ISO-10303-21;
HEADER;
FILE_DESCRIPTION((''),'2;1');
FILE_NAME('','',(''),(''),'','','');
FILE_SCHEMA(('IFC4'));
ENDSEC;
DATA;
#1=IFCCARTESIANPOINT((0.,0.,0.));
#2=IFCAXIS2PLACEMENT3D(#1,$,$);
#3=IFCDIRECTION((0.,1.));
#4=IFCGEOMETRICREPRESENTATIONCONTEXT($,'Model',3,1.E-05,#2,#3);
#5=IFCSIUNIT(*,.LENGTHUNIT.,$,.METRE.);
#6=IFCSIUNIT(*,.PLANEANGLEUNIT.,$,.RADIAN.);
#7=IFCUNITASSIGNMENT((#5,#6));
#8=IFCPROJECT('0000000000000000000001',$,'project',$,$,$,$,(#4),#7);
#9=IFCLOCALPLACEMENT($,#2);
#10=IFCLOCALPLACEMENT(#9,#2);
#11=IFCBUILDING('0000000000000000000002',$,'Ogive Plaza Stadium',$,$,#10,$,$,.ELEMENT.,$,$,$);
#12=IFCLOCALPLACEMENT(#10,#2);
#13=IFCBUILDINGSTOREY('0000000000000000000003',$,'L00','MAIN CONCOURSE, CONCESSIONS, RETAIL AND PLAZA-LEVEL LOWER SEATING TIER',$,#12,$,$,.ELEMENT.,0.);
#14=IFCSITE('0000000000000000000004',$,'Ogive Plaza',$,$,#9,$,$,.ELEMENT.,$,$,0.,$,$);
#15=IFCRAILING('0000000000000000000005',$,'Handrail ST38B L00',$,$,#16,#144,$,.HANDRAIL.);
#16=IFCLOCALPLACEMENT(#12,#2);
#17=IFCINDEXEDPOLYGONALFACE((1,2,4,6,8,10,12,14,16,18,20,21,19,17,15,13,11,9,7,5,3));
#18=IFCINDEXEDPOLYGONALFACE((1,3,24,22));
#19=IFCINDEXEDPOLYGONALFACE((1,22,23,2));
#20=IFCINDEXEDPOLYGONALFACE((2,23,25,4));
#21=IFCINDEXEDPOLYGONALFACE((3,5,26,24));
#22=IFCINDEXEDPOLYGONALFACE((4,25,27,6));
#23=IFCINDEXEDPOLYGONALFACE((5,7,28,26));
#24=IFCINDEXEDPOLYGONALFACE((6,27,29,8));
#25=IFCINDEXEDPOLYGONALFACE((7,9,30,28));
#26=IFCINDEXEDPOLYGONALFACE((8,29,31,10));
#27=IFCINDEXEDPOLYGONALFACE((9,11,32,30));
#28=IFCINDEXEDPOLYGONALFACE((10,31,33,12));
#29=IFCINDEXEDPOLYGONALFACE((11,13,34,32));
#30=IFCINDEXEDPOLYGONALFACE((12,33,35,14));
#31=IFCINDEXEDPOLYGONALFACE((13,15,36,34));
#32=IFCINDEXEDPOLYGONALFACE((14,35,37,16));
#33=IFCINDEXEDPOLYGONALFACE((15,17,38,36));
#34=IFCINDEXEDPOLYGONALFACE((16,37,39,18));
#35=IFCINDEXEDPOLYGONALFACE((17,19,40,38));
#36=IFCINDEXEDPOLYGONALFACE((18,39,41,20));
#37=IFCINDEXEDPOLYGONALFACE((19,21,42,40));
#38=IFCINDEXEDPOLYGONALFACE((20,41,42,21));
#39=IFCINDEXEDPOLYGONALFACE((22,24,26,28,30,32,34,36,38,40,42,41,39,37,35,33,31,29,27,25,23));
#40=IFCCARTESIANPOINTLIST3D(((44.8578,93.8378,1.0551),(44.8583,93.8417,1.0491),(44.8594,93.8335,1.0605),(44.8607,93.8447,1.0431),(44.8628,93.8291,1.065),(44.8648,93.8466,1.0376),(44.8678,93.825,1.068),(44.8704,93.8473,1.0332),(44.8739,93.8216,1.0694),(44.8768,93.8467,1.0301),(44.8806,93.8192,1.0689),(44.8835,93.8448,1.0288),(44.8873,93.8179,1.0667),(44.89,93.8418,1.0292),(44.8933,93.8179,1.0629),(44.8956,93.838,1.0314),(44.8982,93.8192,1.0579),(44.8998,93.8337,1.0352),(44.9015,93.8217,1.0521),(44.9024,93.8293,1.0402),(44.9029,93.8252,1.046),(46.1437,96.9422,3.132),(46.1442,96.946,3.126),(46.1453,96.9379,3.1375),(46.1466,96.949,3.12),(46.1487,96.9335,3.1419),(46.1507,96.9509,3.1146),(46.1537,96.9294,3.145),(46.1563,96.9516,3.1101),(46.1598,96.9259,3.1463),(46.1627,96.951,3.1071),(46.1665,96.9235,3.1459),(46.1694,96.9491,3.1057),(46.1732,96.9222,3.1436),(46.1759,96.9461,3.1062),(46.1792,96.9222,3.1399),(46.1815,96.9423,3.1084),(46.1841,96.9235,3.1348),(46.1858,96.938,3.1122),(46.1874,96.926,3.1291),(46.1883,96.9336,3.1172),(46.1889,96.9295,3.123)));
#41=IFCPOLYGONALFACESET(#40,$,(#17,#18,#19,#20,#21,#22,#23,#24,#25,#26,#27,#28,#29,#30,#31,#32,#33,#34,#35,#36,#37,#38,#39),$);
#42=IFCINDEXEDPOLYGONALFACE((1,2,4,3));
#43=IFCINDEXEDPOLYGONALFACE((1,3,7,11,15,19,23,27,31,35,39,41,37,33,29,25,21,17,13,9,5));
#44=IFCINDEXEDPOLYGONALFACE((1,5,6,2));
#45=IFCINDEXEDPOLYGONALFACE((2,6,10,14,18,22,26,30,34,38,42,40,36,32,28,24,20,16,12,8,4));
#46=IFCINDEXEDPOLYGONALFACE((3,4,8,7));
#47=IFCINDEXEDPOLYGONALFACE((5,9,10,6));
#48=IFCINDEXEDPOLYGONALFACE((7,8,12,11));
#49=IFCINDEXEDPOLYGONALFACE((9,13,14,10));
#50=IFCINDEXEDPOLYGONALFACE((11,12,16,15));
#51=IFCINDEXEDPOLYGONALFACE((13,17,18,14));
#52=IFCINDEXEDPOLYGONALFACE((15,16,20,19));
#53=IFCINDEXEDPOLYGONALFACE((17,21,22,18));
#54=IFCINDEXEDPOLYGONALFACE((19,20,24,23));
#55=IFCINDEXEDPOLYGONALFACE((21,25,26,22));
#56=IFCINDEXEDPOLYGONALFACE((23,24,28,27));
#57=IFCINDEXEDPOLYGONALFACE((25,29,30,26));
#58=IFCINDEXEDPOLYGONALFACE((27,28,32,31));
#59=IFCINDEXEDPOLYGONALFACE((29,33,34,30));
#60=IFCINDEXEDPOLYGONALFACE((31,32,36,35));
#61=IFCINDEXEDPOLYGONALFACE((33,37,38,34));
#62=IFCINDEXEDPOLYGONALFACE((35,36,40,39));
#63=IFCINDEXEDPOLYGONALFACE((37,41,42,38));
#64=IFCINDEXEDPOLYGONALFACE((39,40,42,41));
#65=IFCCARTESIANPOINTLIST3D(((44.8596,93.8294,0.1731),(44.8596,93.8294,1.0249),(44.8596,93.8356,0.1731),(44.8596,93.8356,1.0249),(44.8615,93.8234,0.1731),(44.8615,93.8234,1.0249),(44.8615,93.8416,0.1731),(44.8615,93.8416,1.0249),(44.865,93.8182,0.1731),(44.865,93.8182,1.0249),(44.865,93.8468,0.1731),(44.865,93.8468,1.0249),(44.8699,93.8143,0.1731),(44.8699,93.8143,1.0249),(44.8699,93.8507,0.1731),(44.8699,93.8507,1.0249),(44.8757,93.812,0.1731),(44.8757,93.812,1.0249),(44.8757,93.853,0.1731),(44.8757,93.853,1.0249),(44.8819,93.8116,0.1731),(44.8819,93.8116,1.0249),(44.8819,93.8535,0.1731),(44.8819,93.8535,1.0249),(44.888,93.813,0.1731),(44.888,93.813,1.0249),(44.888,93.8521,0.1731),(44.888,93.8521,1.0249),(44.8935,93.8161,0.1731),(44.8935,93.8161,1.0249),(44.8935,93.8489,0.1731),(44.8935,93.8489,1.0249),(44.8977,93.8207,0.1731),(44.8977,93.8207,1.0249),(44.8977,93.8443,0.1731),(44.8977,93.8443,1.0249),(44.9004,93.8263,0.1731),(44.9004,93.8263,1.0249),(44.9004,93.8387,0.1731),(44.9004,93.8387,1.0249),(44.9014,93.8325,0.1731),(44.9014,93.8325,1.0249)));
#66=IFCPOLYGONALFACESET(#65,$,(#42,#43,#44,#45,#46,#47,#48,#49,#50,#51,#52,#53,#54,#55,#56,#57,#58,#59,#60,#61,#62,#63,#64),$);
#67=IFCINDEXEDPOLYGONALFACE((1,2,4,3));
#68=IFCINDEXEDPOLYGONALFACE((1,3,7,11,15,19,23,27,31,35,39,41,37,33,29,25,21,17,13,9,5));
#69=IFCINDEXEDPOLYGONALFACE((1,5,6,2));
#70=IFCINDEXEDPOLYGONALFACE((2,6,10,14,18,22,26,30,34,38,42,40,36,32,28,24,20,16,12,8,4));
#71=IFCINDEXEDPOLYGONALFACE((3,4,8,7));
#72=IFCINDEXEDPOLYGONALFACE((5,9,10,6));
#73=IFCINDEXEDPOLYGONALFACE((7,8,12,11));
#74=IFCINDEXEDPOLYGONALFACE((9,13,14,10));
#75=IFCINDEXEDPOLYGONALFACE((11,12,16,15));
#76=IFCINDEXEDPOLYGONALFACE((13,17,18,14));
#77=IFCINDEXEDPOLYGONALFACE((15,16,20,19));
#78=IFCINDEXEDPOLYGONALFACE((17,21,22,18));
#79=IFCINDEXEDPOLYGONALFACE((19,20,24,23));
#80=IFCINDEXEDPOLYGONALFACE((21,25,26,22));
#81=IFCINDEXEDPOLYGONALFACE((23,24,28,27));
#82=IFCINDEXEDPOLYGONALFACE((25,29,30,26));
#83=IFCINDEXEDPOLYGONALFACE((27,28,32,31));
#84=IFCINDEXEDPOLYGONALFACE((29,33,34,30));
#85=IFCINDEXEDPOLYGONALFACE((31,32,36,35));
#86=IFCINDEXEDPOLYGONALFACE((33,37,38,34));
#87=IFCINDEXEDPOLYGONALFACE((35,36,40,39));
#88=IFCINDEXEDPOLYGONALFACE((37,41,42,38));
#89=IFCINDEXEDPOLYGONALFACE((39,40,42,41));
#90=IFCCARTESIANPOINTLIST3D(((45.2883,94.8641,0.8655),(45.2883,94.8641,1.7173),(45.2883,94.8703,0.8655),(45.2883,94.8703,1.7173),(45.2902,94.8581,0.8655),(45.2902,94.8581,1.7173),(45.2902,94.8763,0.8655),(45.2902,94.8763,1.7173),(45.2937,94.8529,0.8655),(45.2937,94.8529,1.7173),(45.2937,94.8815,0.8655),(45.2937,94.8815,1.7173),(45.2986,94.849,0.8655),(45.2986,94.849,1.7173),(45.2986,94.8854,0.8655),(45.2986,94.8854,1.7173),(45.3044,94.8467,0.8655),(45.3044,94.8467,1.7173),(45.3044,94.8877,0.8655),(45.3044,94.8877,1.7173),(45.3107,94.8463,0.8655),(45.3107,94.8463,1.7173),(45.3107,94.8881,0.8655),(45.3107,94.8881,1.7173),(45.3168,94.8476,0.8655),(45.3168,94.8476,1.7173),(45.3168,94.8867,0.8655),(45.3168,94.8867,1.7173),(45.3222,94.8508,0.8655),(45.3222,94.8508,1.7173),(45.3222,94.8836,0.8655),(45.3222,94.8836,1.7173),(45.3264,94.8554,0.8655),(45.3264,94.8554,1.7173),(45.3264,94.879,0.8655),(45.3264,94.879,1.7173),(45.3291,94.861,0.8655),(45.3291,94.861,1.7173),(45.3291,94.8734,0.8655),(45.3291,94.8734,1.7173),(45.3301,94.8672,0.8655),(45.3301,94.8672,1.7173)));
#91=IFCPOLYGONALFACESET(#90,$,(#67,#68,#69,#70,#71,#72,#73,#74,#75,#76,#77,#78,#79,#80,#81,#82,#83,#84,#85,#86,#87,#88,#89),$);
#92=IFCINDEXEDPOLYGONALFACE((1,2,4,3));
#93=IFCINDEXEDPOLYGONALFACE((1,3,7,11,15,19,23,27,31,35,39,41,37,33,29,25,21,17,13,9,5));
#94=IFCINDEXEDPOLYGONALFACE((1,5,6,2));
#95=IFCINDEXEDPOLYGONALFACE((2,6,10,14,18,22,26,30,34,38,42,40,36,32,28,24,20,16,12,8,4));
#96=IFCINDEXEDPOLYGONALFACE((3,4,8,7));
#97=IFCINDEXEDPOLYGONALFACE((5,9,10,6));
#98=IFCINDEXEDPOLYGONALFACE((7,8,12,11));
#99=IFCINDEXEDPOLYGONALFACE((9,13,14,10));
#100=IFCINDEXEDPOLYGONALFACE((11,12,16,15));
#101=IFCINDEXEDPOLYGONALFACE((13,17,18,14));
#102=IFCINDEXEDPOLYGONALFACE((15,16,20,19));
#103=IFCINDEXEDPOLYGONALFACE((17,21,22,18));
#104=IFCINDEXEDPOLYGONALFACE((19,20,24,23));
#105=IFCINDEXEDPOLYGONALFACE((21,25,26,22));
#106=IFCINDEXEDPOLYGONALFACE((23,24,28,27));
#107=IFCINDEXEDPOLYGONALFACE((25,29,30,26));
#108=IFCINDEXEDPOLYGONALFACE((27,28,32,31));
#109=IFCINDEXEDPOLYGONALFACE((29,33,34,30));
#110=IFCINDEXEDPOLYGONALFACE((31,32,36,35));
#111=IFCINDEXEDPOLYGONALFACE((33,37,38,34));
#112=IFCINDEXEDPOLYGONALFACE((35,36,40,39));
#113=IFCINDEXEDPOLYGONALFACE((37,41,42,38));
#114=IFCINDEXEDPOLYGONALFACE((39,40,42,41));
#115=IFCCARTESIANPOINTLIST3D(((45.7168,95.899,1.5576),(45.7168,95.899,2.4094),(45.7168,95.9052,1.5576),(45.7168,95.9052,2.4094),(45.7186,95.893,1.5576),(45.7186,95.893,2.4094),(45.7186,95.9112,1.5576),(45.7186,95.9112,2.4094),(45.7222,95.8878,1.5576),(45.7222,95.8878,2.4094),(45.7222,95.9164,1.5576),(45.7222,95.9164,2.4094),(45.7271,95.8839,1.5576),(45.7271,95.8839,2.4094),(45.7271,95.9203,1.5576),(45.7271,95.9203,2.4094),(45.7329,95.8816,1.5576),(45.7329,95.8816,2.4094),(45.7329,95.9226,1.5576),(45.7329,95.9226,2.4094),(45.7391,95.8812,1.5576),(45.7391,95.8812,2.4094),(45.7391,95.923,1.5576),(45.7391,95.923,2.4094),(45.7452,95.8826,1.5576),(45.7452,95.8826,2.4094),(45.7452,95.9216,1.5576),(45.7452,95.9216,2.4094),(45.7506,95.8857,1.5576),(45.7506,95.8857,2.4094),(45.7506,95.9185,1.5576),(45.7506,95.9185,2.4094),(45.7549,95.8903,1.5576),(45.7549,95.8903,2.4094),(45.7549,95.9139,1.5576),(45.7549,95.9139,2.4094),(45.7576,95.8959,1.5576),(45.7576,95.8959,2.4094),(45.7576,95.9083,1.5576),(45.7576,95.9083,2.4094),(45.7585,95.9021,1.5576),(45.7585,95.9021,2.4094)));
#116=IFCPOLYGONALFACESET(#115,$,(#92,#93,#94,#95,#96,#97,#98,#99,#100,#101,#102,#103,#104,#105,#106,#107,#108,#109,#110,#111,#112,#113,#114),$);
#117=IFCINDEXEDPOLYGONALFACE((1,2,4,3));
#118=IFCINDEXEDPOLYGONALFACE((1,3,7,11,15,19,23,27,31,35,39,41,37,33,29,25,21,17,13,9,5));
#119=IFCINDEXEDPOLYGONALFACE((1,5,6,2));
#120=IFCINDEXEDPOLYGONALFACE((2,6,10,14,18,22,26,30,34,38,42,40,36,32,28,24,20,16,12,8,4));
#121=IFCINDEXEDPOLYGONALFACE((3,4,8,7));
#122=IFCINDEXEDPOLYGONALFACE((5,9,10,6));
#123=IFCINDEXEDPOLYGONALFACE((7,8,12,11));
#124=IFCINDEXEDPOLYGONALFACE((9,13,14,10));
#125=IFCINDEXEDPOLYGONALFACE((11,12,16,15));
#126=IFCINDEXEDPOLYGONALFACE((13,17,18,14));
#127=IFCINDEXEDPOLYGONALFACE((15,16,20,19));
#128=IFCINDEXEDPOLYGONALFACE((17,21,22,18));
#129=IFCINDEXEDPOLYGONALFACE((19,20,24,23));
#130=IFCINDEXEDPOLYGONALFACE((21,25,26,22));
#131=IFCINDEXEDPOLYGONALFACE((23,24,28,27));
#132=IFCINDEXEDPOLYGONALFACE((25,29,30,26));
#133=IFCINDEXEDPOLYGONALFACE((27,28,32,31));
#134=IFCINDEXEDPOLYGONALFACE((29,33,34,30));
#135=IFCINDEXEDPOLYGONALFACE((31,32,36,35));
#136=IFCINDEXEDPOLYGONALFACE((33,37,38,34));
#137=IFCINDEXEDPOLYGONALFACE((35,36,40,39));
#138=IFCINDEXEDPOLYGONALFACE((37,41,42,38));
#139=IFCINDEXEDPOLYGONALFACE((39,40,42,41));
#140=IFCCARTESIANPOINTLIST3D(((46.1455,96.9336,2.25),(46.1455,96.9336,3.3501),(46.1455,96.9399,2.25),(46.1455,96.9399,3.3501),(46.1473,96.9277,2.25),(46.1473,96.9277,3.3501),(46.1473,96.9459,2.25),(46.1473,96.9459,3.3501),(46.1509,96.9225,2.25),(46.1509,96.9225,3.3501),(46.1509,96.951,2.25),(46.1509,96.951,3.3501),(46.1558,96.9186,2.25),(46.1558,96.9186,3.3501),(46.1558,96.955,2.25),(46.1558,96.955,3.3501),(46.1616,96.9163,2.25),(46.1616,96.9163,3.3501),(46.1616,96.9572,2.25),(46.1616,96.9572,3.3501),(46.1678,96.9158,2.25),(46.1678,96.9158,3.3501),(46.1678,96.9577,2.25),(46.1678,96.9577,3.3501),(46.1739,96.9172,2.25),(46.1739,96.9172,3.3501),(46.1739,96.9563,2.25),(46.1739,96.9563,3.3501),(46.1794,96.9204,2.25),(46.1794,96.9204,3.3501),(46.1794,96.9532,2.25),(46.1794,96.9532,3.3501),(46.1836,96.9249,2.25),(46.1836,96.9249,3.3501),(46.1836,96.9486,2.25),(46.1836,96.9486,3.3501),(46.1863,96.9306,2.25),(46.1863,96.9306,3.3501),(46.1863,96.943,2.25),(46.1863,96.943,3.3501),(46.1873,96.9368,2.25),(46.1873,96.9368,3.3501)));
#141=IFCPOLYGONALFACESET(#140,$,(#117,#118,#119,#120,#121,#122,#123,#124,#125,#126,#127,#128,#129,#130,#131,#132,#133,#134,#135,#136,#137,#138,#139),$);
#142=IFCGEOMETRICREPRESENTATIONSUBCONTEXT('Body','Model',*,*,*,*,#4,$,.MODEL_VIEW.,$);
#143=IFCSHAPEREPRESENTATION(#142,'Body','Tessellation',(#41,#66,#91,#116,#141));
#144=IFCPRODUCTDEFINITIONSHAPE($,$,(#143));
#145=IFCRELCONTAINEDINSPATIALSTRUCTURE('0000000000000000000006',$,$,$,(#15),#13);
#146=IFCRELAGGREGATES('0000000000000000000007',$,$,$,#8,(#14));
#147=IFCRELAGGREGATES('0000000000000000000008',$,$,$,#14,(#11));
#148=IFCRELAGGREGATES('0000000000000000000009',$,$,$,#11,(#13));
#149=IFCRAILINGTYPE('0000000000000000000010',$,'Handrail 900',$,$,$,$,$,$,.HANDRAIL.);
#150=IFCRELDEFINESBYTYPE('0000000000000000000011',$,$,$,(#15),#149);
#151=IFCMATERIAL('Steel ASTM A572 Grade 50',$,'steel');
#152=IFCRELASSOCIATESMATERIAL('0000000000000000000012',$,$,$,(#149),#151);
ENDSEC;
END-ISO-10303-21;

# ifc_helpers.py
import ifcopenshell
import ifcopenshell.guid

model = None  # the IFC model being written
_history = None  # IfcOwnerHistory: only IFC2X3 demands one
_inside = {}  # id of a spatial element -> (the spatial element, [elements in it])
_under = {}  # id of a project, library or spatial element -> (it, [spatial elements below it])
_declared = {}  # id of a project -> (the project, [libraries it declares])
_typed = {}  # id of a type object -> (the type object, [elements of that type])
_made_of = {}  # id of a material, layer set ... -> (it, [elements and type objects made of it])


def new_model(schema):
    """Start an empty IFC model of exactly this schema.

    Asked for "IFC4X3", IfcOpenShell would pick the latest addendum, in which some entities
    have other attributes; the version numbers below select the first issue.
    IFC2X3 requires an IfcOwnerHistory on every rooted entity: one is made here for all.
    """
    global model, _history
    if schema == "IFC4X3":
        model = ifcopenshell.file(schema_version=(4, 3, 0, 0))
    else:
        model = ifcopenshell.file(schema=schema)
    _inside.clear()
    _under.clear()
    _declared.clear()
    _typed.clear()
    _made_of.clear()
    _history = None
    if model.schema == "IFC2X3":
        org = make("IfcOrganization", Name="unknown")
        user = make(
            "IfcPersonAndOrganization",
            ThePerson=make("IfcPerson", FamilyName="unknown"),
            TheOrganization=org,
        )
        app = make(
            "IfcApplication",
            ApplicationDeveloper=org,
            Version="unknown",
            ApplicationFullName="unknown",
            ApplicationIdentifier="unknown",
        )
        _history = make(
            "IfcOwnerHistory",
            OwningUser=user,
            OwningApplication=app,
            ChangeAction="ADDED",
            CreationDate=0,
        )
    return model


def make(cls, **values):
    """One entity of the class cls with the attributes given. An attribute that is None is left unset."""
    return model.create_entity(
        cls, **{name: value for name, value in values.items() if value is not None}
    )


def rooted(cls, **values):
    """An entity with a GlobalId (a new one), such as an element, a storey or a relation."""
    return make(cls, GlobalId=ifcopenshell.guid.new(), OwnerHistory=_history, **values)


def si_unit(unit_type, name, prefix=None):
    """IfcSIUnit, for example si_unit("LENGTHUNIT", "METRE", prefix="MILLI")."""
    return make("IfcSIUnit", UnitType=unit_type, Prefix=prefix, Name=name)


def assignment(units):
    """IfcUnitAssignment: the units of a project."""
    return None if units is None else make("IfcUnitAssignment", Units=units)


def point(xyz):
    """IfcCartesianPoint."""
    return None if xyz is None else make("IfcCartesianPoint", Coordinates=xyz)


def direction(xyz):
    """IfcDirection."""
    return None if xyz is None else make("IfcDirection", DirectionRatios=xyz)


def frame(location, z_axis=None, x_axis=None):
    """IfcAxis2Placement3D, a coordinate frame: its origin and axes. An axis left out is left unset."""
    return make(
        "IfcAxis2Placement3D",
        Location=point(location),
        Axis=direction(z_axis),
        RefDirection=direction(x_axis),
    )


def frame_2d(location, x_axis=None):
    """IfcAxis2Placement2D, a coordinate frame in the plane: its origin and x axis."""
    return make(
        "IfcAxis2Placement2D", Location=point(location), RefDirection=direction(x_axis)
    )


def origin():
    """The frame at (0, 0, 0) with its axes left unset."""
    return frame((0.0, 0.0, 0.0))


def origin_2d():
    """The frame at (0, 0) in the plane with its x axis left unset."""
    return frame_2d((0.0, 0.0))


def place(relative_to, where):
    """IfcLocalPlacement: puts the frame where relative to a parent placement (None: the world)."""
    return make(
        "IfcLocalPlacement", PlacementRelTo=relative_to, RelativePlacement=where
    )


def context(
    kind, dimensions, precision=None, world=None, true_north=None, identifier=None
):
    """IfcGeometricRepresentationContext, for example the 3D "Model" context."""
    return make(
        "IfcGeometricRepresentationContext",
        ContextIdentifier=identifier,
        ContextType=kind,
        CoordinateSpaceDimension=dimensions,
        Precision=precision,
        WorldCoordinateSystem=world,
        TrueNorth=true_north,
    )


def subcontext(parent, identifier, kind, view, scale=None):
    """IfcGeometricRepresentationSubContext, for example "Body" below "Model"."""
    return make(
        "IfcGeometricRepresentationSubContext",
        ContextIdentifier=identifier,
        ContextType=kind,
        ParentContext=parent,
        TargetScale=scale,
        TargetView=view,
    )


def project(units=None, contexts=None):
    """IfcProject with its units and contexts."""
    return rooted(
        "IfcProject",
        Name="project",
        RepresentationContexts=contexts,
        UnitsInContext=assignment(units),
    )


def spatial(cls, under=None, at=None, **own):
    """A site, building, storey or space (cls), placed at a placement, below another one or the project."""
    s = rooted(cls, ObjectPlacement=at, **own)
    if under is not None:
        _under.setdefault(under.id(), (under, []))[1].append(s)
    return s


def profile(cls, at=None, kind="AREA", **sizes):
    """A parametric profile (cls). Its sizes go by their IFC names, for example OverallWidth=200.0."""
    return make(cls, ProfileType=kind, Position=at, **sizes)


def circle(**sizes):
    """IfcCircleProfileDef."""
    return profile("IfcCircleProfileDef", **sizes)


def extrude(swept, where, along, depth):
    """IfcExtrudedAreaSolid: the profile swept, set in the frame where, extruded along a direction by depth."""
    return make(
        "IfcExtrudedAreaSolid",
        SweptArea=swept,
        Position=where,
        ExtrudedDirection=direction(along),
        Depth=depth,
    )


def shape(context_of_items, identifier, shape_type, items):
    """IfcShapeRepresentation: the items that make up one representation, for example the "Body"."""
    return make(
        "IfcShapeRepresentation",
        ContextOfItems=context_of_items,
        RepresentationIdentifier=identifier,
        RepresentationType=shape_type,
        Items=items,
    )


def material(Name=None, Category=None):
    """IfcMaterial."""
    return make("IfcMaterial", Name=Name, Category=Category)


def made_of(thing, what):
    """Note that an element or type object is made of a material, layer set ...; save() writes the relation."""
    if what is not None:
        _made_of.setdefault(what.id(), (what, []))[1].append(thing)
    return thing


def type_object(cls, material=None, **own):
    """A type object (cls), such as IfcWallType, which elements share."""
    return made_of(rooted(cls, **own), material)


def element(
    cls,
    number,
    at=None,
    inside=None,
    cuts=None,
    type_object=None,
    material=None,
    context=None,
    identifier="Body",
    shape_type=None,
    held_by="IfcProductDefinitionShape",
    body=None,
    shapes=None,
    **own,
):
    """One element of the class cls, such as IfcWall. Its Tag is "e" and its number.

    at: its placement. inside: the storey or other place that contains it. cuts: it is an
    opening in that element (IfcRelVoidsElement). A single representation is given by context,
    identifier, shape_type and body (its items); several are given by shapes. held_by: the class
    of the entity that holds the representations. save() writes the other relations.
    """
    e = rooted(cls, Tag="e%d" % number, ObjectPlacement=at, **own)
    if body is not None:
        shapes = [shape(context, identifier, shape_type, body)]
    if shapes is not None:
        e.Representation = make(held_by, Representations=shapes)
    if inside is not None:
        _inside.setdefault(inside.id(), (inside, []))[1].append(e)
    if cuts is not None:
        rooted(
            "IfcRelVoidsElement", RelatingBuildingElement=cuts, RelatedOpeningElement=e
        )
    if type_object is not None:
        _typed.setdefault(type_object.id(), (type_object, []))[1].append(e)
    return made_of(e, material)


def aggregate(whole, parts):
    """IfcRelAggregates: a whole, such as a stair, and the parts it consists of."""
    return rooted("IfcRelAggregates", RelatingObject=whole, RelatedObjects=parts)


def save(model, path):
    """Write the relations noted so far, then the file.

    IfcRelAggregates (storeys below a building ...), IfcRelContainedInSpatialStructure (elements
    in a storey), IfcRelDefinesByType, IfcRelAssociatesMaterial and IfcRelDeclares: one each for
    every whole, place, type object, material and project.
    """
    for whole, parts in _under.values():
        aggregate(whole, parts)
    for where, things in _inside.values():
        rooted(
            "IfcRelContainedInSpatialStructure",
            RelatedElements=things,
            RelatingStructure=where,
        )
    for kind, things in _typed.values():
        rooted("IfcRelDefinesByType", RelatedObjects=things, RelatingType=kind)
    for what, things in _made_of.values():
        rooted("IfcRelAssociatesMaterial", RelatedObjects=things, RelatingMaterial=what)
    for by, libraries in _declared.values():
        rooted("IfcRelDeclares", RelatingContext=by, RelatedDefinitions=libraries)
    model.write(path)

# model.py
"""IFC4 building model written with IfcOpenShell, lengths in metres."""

from ifc_helpers import new_model, si_unit, direction, frame, origin, origin_2d, place, context, subcontext, project, spatial, circle, extrude, material, type_object, element, save


model = new_model("IFC4")

# Units and contexts
model_context = context("Model", 3, precision=1e-05, world=origin(), true_north=direction((0.0, 1.0)))
body_context = subcontext(model_context, "Body", "Model", "MODEL_VIEW")
ifc_project = project(units=[si_unit("LENGTHUNIT", "METRE"), si_unit("PLANEANGLEUNIT", "RADIAN")], contexts=[model_context])

# Site, building, storey
site_placement = place(None, origin())
site = spatial("IfcSite", under=ifc_project, at=site_placement, Name="Ogive Plaza", CompositionType="ELEMENT", RefElevation=0.0)
building_placement = place(site_placement, origin())
building = spatial("IfcBuilding", under=site, at=building_placement, Name="Ogive Plaza Stadium", CompositionType="ELEMENT")
storey_placement = place(building_placement, origin())
storey = spatial("IfcBuildingStorey", under=building, at=storey_placement, Name="L00", Description="MAIN CONCOURSE, CONCESSIONS, RETAIL AND PLAZA-LEVEL LOWER SEATING TIER", CompositionType="ELEMENT", Elevation=0.0)

# Railing
ifc_material_1 = material(Name="Steel ASTM A572 Grade 50", Category="steel")
railing_type_1 = type_object("IfcRailingType", Name="Handrail 900", PredefinedType="HANDRAIL", material=ifc_material_1)
for number, where, name in (
    (1, (44.8804, 93.8325, 0.1731), "Handrail ST38B L00"),
):
    element("IfcRailing", number, at=place(storey_placement, frame(where)), inside=storey, type_object=railing_type_1, Name=name, PredefinedType="HANDRAIL", context=body_context, shape_type="SweptSolid", body=[
        extrude(circle(Radius=0.0239, at=origin_2d()), frame((0.0, 0.0, 0.876), z_axis=(0.325532, 0.785863, 0.525783), x_axis=(-0.923872, 0.3827, 0.0)), (0.0, 0.0, 1.0), 3.9502),
        extrude(circle(Radius=0.021, at=origin_2d()), origin(), (0.0, 0.0, 1.0), 0.8518),
        extrude(circle(Radius=0.021, at=origin_2d()), frame((0.4287, 1.0347, 0.6924)), (0.0, 0.0, 1.0), 0.8518),
        extrude(circle(Radius=0.021, at=origin_2d()), frame((0.8572, 2.0696, 1.3845)), (0.0, 0.0, 1.0), 0.8518),
        extrude(circle(Radius=0.021, at=origin_2d()), frame((1.2859, 3.1042, 2.0769)), (0.0, 0.0, 1.0), 1.1001),
    ])

save(model, "model.ifc")
